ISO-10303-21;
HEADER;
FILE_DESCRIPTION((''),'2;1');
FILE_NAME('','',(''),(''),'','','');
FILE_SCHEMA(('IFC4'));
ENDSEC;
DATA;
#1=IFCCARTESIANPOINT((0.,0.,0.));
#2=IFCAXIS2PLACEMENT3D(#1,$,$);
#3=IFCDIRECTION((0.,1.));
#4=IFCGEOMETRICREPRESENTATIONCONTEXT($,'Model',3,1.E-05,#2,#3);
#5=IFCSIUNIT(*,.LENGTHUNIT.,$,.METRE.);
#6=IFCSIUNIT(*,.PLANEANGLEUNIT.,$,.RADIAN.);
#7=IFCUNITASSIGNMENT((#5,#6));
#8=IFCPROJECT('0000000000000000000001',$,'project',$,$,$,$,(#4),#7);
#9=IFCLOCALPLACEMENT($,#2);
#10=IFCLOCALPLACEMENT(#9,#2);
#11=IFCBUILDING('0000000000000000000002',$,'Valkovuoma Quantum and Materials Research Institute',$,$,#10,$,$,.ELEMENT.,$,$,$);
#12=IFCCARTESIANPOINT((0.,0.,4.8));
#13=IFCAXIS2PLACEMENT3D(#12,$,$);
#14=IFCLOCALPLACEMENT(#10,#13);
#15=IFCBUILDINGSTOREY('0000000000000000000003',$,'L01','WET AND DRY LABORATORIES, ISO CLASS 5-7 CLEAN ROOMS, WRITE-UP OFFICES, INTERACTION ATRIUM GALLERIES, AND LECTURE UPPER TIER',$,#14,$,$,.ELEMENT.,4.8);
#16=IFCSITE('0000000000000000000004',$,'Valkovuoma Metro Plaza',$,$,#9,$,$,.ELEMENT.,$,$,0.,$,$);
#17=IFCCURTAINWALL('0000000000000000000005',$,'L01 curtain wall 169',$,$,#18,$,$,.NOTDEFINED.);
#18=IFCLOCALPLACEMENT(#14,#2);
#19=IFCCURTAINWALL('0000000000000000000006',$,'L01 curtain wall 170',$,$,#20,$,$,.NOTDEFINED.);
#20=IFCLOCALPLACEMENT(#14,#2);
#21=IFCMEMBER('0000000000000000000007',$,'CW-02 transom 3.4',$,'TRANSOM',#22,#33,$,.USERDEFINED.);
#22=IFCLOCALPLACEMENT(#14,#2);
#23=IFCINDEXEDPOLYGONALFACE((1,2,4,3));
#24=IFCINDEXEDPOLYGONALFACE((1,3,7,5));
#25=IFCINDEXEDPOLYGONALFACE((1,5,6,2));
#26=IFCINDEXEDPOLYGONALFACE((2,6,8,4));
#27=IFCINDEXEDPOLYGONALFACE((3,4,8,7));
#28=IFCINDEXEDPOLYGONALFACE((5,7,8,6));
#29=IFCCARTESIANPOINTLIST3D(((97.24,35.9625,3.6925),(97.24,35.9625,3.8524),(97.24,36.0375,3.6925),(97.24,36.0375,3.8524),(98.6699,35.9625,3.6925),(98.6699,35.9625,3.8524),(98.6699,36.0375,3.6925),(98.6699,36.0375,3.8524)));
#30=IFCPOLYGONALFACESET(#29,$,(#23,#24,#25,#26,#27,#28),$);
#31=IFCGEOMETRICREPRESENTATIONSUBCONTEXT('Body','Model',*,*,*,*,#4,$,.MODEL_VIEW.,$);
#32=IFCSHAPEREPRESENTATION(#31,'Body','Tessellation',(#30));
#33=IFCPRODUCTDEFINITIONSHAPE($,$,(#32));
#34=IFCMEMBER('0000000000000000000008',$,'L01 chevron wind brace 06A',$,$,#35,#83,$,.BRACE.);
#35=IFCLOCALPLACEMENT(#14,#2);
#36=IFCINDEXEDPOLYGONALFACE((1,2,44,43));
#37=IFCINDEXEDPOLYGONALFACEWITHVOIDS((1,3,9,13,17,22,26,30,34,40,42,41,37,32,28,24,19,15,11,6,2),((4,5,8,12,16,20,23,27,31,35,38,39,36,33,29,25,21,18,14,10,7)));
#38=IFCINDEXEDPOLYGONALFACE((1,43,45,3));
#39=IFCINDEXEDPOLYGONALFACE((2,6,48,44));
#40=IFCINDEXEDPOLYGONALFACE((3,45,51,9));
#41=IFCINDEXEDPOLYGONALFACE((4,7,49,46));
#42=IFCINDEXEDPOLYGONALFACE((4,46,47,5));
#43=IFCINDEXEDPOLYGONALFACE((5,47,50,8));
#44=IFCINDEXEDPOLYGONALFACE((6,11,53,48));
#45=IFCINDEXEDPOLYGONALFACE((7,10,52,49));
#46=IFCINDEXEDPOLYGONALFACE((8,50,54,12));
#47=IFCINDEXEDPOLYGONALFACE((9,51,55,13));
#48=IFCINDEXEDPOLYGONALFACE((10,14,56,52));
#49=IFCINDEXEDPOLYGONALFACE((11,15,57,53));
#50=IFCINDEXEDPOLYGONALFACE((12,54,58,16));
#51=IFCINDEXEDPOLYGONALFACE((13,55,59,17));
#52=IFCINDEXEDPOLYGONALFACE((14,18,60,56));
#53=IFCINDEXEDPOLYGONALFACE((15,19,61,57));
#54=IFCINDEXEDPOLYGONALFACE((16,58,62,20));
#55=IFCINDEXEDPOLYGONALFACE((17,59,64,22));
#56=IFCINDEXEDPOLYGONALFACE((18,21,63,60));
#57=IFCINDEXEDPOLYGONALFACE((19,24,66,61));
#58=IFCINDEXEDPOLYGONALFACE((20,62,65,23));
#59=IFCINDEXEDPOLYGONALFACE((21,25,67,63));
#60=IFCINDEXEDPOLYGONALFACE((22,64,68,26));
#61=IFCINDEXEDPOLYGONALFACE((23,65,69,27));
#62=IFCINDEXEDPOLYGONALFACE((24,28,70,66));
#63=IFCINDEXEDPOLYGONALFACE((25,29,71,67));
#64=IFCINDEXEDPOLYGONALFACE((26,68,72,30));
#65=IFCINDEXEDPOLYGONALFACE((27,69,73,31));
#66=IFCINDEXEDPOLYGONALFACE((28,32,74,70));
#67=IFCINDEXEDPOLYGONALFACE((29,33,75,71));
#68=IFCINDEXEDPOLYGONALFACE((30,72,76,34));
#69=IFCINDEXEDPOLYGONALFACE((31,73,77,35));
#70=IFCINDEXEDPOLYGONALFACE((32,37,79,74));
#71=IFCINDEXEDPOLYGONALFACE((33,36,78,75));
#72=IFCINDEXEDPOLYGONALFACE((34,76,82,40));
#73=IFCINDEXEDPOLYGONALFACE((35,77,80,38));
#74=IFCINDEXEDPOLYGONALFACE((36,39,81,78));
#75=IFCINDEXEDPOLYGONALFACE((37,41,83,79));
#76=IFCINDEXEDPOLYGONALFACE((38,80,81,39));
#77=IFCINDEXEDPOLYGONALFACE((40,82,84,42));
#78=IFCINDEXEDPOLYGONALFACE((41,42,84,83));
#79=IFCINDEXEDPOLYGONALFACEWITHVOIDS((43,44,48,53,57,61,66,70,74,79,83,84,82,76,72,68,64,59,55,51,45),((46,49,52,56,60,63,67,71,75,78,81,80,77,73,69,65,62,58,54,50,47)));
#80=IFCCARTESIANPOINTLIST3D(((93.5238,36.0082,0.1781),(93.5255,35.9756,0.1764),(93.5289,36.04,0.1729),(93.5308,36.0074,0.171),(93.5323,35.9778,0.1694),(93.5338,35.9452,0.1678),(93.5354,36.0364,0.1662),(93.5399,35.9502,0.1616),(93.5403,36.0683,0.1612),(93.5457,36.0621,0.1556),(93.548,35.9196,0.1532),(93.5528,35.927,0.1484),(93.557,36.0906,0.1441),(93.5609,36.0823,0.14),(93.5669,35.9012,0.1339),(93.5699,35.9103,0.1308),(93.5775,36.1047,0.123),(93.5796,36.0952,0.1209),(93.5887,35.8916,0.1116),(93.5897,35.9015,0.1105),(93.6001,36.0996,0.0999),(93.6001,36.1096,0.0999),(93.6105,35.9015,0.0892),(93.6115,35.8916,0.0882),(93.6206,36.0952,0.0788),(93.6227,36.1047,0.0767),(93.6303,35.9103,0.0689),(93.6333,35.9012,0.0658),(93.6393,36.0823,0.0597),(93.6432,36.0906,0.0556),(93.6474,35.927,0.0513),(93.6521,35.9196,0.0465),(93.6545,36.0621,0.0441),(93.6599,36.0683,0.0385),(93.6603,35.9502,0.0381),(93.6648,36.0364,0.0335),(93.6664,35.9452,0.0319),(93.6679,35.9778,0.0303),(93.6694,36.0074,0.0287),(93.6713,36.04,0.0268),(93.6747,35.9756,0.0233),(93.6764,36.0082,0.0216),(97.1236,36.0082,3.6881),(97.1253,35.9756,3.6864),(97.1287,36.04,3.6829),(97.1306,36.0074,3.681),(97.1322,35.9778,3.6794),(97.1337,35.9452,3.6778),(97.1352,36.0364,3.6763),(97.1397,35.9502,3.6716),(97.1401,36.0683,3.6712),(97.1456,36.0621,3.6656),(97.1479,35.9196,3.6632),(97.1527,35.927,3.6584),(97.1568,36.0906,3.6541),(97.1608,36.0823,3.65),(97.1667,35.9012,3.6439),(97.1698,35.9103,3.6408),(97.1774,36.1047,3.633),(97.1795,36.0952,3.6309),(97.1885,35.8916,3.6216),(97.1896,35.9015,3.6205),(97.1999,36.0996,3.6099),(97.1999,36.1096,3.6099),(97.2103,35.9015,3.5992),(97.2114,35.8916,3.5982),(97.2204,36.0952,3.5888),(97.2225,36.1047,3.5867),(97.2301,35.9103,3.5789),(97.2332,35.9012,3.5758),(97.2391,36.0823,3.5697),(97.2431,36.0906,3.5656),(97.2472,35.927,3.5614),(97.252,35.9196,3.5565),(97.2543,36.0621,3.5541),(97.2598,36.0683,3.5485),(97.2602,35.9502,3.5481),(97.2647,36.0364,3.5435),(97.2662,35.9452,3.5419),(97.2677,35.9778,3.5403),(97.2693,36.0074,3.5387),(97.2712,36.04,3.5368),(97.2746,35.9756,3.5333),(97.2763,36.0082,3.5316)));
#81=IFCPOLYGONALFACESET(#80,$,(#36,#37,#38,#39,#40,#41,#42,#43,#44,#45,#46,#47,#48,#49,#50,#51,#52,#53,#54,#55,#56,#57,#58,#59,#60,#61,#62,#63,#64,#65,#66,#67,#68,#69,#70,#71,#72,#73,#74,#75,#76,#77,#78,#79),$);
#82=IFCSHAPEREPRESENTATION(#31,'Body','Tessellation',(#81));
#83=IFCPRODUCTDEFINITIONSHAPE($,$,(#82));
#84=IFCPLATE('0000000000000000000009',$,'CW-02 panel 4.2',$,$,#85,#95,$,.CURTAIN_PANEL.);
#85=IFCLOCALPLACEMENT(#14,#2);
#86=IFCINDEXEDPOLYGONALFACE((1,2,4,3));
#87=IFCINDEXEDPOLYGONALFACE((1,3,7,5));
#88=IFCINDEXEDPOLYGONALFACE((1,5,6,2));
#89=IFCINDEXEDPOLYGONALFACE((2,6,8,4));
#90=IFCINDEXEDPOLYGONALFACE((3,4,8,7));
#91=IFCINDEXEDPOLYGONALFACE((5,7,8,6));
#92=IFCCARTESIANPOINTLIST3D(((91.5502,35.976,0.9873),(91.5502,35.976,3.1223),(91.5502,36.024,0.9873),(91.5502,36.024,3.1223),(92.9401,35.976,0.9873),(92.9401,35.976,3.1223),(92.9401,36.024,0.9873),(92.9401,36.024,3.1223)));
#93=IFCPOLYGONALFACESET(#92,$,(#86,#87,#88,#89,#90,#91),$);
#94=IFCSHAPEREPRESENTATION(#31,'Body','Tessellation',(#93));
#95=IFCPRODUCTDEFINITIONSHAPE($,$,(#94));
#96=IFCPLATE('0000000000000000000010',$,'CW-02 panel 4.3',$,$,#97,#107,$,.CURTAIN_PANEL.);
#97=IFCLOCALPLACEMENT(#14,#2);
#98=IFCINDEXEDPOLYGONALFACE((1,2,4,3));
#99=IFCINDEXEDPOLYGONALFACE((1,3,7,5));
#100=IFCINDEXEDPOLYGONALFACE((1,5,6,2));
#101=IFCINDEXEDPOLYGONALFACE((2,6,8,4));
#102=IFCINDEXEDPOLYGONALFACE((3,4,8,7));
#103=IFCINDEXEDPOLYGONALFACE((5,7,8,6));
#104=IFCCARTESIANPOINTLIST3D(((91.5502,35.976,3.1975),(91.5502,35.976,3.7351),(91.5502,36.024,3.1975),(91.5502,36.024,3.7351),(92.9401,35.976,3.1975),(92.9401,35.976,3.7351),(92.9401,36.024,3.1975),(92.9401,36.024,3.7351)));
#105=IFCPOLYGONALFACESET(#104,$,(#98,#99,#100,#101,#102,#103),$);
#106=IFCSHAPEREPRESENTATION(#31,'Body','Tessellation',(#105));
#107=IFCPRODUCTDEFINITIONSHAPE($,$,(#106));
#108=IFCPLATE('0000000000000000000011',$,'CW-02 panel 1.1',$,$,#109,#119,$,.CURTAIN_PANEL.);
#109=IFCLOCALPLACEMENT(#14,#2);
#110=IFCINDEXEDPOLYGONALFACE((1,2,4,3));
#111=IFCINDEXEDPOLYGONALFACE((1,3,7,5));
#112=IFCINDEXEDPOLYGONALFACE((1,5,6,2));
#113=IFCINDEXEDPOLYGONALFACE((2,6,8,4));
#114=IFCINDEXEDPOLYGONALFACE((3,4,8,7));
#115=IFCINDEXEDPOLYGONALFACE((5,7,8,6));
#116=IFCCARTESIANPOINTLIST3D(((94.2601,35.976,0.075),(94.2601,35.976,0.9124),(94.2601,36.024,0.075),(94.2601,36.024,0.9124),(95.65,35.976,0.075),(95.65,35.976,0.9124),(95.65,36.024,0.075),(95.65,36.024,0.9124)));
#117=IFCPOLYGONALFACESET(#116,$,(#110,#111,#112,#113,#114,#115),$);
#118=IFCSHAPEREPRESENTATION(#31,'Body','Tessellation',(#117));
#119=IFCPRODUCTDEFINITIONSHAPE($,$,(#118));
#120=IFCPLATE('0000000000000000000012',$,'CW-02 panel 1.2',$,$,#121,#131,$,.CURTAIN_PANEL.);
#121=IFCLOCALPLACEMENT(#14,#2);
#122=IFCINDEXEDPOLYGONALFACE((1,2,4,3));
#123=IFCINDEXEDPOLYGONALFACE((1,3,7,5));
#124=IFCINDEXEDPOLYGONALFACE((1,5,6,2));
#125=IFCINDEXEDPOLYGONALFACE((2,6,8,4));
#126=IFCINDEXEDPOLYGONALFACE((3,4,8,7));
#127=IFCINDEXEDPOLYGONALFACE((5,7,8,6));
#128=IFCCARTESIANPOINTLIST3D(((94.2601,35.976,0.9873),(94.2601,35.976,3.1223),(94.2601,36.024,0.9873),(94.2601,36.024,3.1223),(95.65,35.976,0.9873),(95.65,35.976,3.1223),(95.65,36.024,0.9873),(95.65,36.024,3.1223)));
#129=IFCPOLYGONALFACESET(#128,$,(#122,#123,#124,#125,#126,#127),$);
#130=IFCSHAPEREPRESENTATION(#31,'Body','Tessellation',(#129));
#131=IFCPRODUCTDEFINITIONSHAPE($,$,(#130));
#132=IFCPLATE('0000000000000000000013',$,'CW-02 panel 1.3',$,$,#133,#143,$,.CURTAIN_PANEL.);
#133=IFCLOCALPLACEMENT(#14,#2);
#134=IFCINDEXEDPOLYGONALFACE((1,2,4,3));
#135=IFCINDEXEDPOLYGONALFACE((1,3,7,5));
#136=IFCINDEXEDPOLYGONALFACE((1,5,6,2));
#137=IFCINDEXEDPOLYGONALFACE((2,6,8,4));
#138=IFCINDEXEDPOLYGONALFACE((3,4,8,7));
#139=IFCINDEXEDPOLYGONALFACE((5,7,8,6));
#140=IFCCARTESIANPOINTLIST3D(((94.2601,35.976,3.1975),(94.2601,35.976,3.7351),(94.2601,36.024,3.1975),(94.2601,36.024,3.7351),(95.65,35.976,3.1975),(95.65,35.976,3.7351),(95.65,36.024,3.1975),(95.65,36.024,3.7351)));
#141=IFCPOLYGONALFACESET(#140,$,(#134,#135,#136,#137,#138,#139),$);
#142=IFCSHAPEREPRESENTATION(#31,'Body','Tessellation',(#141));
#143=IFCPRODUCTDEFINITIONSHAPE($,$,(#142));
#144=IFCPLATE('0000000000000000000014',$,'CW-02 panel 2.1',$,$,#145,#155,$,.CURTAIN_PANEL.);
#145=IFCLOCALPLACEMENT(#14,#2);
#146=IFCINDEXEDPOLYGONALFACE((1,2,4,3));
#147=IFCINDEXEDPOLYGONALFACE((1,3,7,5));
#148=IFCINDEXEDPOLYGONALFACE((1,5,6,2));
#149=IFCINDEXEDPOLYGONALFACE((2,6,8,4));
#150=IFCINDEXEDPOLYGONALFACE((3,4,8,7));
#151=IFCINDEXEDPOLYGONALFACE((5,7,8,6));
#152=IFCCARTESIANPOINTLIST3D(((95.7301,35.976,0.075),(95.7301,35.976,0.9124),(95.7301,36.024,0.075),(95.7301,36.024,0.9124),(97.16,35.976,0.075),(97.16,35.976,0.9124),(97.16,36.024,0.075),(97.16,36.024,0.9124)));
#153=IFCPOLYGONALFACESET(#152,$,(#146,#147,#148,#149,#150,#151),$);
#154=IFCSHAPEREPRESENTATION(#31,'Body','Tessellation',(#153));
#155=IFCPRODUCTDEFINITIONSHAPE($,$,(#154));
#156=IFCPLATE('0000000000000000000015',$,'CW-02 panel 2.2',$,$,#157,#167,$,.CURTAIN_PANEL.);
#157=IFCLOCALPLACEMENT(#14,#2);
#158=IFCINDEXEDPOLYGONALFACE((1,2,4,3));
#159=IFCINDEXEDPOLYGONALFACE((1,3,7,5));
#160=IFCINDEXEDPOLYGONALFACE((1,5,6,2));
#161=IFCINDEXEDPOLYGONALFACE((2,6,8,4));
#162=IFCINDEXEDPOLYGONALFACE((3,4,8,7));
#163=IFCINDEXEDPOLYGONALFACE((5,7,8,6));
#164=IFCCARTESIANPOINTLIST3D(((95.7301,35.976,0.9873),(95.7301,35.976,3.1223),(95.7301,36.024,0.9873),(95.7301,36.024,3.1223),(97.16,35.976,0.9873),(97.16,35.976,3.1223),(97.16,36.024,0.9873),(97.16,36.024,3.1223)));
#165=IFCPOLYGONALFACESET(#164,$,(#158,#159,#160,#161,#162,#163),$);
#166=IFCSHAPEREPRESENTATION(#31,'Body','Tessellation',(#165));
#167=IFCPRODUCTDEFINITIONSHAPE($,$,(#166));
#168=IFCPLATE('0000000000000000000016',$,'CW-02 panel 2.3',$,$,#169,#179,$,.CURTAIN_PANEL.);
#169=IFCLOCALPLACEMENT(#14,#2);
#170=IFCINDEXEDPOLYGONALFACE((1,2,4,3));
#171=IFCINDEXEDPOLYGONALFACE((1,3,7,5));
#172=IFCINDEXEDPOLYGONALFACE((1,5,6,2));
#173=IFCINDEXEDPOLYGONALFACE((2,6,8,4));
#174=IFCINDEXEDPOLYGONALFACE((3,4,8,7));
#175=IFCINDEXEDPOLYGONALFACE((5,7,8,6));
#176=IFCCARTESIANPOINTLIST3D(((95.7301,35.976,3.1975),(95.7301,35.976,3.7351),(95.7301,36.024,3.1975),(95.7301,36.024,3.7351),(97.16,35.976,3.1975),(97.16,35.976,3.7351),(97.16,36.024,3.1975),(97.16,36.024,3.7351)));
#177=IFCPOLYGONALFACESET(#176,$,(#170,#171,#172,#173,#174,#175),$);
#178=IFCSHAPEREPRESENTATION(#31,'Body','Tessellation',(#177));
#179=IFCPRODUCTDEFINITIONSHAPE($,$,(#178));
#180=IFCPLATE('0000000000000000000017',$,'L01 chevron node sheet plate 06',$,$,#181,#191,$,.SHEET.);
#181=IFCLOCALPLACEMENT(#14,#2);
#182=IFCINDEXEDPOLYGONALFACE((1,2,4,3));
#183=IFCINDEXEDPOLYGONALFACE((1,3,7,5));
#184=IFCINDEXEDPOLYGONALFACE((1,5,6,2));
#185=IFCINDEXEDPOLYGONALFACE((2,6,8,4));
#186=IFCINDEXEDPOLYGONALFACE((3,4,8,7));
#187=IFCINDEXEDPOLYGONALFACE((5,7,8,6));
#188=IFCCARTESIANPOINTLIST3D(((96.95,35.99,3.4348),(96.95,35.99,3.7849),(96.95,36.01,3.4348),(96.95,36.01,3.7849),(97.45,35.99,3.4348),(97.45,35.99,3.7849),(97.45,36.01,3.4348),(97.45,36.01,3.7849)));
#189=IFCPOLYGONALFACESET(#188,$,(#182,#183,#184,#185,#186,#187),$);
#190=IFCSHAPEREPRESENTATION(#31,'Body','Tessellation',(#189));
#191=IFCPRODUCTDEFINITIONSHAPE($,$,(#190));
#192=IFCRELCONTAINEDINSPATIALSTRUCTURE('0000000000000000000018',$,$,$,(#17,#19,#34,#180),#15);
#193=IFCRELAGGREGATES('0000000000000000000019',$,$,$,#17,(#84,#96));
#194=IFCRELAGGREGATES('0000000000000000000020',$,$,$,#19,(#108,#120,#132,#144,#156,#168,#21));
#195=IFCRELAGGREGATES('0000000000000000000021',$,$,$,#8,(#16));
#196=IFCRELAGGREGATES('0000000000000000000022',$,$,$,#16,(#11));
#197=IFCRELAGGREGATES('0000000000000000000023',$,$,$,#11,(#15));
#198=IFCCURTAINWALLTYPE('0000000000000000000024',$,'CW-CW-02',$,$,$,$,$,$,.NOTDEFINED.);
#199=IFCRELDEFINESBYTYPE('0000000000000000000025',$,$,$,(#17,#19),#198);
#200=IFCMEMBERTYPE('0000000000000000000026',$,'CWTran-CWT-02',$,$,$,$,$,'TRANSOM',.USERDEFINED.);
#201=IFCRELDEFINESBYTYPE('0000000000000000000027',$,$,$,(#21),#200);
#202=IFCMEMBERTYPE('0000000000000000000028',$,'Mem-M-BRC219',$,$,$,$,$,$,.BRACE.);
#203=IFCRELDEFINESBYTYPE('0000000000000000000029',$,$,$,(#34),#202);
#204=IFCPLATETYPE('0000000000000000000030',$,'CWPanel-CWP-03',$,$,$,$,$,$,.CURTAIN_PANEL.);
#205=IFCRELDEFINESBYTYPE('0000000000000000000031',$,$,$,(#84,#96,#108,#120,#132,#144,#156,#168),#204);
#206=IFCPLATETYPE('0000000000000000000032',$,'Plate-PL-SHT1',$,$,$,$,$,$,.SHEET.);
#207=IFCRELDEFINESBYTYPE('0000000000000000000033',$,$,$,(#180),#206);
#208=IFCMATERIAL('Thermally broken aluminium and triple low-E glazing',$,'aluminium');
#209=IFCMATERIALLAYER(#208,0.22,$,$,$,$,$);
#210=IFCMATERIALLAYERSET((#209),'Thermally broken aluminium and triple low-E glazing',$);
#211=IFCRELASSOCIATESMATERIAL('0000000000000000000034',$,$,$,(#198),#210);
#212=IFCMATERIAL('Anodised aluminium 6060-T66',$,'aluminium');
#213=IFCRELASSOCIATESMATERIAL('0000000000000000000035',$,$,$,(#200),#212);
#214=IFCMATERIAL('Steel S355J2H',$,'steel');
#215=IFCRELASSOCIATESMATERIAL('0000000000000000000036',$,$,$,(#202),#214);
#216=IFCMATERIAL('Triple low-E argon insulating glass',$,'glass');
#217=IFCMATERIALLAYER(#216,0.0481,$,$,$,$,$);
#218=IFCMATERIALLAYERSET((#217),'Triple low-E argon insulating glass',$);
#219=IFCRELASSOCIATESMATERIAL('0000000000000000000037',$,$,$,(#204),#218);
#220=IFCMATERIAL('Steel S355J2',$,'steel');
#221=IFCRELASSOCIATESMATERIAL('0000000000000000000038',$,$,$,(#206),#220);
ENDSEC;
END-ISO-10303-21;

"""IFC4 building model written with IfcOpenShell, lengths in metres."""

from ifc_helpers import new_model, si_unit, direction, frame, origin, origin_2d, place, context, subcontext, project, spatial, rectangle, hollow_circle, extrude, material, layer, layer_set, material_profile, profile_set, type_object, element, aggregate, save


model = new_model("IFC4")

# Units and contexts
model_context = context("Model", 3, precision=1e-05, world=origin(), true_north=direction((0.0, 1.0)))
body_context = subcontext(model_context, "Body", "Model", "MODEL_VIEW")
ifc_project = project(units=[si_unit("LENGTHUNIT", "METRE"), si_unit("PLANEANGLEUNIT", "RADIAN")], contexts=[model_context])

# Site, building, storey
site_placement = place(None, origin())
site = spatial("IfcSite", under=ifc_project, at=site_placement, Name="Valkovuoma Metro Plaza", CompositionType="ELEMENT", RefElevation=0.0)
building_placement = place(site_placement, origin())
building = spatial("IfcBuilding", under=site, at=building_placement, Name="Valkovuoma Quantum and Materials Research Institute", CompositionType="ELEMENT")
storey_placement = place(building_placement, frame((0.0, 0.0, 4.8)))
storey = spatial("IfcBuildingStorey", under=building, at=storey_placement, Name="L01", Description="WET AND DRY LABORATORIES, ISO CLASS 5-7 CLEAN ROOMS, WRITE-UP OFFICES, INTERACTION ATRIUM GALLERIES, AND LECTURE UPPER TIER", CompositionType="ELEMENT", Elevation=4.8)

# Curtain wall
ifc_material_1 = material(Name="Thermally broken aluminium and triple low-E glazing", Category="aluminium")
ifc_layer_1 = layer(ifc_material_1, 0.22)
ifc_layer_set_1 = layer_set([ifc_layer_1], Name="Thermally broken aluminium and triple low-E glazing")
curtain_wall_type = type_object("IfcCurtainWallType", Name="CW-CW-02", PredefinedType="NOTDEFINED", material=ifc_layer_set_1)
curtain_wall_1_placement = place(storey_placement, origin())
curtain_wall_1 = element("IfcCurtainWall", 1, at=curtain_wall_1_placement, inside=storey, type_object=curtain_wall_type, Name="L01 curtain wall 169", PredefinedType="NOTDEFINED")

# Curtain wall, member
curtain_wall_2_placement = place(storey_placement, origin())
curtain_wall_2 = element("IfcCurtainWall", 2, at=curtain_wall_2_placement, inside=storey, type_object=curtain_wall_type, Name="L01 curtain wall 170", PredefinedType="NOTDEFINED")
ifc_material_2 = material(Name="Anodised aluminium 6060-T66", Category="aluminium")
ifc_material_profile_1 = material_profile(ifc_material_2, rectangle(XDim=0.075, YDim=0.1599, at=origin_2d()), Name="Anodised aluminium 6060-T66")
ifc_profile_set_1 = profile_set([ifc_material_profile_1], Name="Anodised aluminium 6060-T66")
member_type_1 = type_object("IfcMemberType", Name="CWTran-CWT-02", ElementType="TRANSOM", PredefinedType="USERDEFINED", material=ifc_profile_set_1)
member_1_placement = place(storey_placement, frame((97.24, 36.0, 3.7725), z_axis=(1.0, 0.0, 0.0), x_axis=(0.0, 1.0, 0.0)))
member_1 = element("IfcMember", 3, at=member_1_placement, type_object=member_type_1, Name="CW-02 transom 3.4", ObjectType="TRANSOM", PredefinedType="USERDEFINED", context=body_context, shape_type="SweptSolid", body=[
    extrude(rectangle(XDim=0.075, YDim=0.1599, at=origin_2d()), origin(), (0.0, 0.0, 1.0), 1.4299),
])

# Member
ifc_material_3 = material(Name="Steel S355J2H", Category="steel")
ifc_material_profile_2 = material_profile(ifc_material_3, hollow_circle(Radius=0.1096, WallThickness=0.01, at=origin_2d()), Name="Steel S355J2H")
ifc_profile_set_2 = profile_set([ifc_material_profile_2], Name="Steel S355J2H")
member_type_2 = type_object("IfcMemberType", Name="Mem-M-BRC219", PredefinedType="BRACE", material=ifc_profile_set_2)
member_2_placement = place(storey_placement, frame((93.6001, 36.0, 0.0999), z_axis=(0.715985, 0.0, 0.698116), x_axis=(0.0, 1.0, 0.0)))
element("IfcMember", 4, at=member_2_placement, inside=storey, type_object=member_type_2, Name="L01 chevron wind brace 06A", PredefinedType="BRACE", context=body_context, shape_type="SweptSolid", body=[
    extrude(hollow_circle(Radius=0.1096, WallThickness=0.01, at=origin_2d()), origin(), (0.0, 0.0, 1.0), 5.0278),
])

# Plates
ifc_material_4 = material(Name="Triple low-E argon insulating glass", Category="glass")
ifc_layer_2 = layer(ifc_material_4, 0.0481)
ifc_layer_set_2 = layer_set([ifc_layer_2], Name="Triple low-E argon insulating glass")
plate_type_1 = type_object("IfcPlateType", Name="CWPanel-CWP-03", PredefinedType="CURTAIN_PANEL", material=ifc_layer_set_2)
plate_1_placement = place(storey_placement, frame((92.2451, 36.0, 0.9873), z_axis=(0.0, 0.0, 1.0), x_axis=(1.0, 0.0, 0.0)))
plate_1 = element("IfcPlate", 5, at=plate_1_placement, type_object=plate_type_1, Name="CW-02 panel 4.2", PredefinedType="CURTAIN_PANEL", context=body_context, shape_type="SweptSolid", body=[
    extrude(rectangle(XDim=1.3899, YDim=0.0481, at=origin_2d()), origin(), (0.0, 0.0, 1.0), 2.135),
])
plate_2_placement = place(storey_placement, frame((92.2451, 36.0, 3.1975), z_axis=(0.0, 0.0, 1.0), x_axis=(1.0, 0.0, 0.0)))
plate_2 = element("IfcPlate", 6, at=plate_2_placement, type_object=plate_type_1, Name="CW-02 panel 4.3", PredefinedType="CURTAIN_PANEL", context=body_context, shape_type="SweptSolid", body=[
    extrude(rectangle(XDim=1.3899, YDim=0.0481, at=origin_2d()), origin(), (0.0, 0.0, 1.0), 0.5376),
])
aggregate(curtain_wall_1, [plate_1, plate_2])
plate_3_placement = place(storey_placement, frame((94.9551, 36.0, 0.075), z_axis=(0.0, 0.0, 1.0), x_axis=(1.0, 0.0, 0.0)))
plate_3 = element("IfcPlate", 7, at=plate_3_placement, type_object=plate_type_1, Name="CW-02 panel 1.1", PredefinedType="CURTAIN_PANEL", context=body_context, shape_type="SweptSolid", body=[
    extrude(rectangle(XDim=1.3899, YDim=0.0481, at=origin_2d()), origin(), (0.0, 0.0, 1.0), 0.8374),
])
plate_4_placement = place(storey_placement, frame((94.9551, 36.0, 0.9873), z_axis=(0.0, 0.0, 1.0), x_axis=(1.0, 0.0, 0.0)))
plate_4 = element("IfcPlate", 8, at=plate_4_placement, type_object=plate_type_1, Name="CW-02 panel 1.2", PredefinedType="CURTAIN_PANEL", context=body_context, shape_type="SweptSolid", body=[
    extrude(rectangle(XDim=1.3899, YDim=0.0481, at=origin_2d()), origin(), (0.0, 0.0, 1.0), 2.135),
])
plate_5_placement = place(storey_placement, frame((94.9551, 36.0, 3.1975), z_axis=(0.0, 0.0, 1.0), x_axis=(1.0, 0.0, 0.0)))
plate_5 = element("IfcPlate", 9, at=plate_5_placement, type_object=plate_type_1, Name="CW-02 panel 1.3", PredefinedType="CURTAIN_PANEL", context=body_context, shape_type="SweptSolid", body=[
    extrude(rectangle(XDim=1.3899, YDim=0.0481, at=origin_2d()), origin(), (0.0, 0.0, 1.0), 0.5376),
])
plate_6_placement = place(storey_placement, frame((96.4451, 36.0, 0.075), z_axis=(0.0, 0.0, 1.0), x_axis=(1.0, 0.0, 0.0)))
plate_6 = element("IfcPlate", 10, at=plate_6_placement, type_object=plate_type_1, Name="CW-02 panel 2.1", PredefinedType="CURTAIN_PANEL", context=body_context, shape_type="SweptSolid", body=[
    extrude(rectangle(XDim=1.4299, YDim=0.0481, at=origin_2d()), origin(), (0.0, 0.0, 1.0), 0.8374),
])
plate_7_placement = place(storey_placement, frame((96.4451, 36.0, 0.9873), z_axis=(0.0, 0.0, 1.0), x_axis=(1.0, 0.0, 0.0)))
plate_7 = element("IfcPlate", 11, at=plate_7_placement, type_object=plate_type_1, Name="CW-02 panel 2.2", PredefinedType="CURTAIN_PANEL", context=body_context, shape_type="SweptSolid", body=[
    extrude(rectangle(XDim=1.4299, YDim=0.0481, at=origin_2d()), origin(), (0.0, 0.0, 1.0), 2.135),
])
plate_8_placement = place(storey_placement, frame((96.4451, 36.0, 3.1975), z_axis=(0.0, 0.0, 1.0), x_axis=(1.0, 0.0, 0.0)))
plate_8 = element("IfcPlate", 12, at=plate_8_placement, type_object=plate_type_1, Name="CW-02 panel 2.3", PredefinedType="CURTAIN_PANEL", context=body_context, shape_type="SweptSolid", body=[
    extrude(rectangle(XDim=1.4299, YDim=0.0481, at=origin_2d()), origin(), (0.0, 0.0, 1.0), 0.5376),
])
aggregate(curtain_wall_2, [plate_3, plate_4, plate_5, plate_6, plate_7, plate_8, member_1])
ifc_material_5 = material(Name="Steel S355J2", Category="steel")
plate_type_2 = type_object("IfcPlateType", Name="Plate-PL-SHT1", PredefinedType="SHEET", material=ifc_material_5)
plate_9_placement = place(storey_placement, frame((97.2, 36.0, 3.4348), z_axis=(0.0, 0.0, 1.0), x_axis=(1.0, 0.0, 0.0)))
element("IfcPlate", 13, at=plate_9_placement, inside=storey, type_object=plate_type_2, Name="L01 chevron node sheet plate 06", PredefinedType="SHEET", context=body_context, shape_type="SweptSolid", body=[
    extrude(rectangle(XDim=0.5, YDim=0.02, at=origin_2d()), origin(), (0.0, 0.0, 1.0), 0.3501),
])

save(model, "model.ifc")
